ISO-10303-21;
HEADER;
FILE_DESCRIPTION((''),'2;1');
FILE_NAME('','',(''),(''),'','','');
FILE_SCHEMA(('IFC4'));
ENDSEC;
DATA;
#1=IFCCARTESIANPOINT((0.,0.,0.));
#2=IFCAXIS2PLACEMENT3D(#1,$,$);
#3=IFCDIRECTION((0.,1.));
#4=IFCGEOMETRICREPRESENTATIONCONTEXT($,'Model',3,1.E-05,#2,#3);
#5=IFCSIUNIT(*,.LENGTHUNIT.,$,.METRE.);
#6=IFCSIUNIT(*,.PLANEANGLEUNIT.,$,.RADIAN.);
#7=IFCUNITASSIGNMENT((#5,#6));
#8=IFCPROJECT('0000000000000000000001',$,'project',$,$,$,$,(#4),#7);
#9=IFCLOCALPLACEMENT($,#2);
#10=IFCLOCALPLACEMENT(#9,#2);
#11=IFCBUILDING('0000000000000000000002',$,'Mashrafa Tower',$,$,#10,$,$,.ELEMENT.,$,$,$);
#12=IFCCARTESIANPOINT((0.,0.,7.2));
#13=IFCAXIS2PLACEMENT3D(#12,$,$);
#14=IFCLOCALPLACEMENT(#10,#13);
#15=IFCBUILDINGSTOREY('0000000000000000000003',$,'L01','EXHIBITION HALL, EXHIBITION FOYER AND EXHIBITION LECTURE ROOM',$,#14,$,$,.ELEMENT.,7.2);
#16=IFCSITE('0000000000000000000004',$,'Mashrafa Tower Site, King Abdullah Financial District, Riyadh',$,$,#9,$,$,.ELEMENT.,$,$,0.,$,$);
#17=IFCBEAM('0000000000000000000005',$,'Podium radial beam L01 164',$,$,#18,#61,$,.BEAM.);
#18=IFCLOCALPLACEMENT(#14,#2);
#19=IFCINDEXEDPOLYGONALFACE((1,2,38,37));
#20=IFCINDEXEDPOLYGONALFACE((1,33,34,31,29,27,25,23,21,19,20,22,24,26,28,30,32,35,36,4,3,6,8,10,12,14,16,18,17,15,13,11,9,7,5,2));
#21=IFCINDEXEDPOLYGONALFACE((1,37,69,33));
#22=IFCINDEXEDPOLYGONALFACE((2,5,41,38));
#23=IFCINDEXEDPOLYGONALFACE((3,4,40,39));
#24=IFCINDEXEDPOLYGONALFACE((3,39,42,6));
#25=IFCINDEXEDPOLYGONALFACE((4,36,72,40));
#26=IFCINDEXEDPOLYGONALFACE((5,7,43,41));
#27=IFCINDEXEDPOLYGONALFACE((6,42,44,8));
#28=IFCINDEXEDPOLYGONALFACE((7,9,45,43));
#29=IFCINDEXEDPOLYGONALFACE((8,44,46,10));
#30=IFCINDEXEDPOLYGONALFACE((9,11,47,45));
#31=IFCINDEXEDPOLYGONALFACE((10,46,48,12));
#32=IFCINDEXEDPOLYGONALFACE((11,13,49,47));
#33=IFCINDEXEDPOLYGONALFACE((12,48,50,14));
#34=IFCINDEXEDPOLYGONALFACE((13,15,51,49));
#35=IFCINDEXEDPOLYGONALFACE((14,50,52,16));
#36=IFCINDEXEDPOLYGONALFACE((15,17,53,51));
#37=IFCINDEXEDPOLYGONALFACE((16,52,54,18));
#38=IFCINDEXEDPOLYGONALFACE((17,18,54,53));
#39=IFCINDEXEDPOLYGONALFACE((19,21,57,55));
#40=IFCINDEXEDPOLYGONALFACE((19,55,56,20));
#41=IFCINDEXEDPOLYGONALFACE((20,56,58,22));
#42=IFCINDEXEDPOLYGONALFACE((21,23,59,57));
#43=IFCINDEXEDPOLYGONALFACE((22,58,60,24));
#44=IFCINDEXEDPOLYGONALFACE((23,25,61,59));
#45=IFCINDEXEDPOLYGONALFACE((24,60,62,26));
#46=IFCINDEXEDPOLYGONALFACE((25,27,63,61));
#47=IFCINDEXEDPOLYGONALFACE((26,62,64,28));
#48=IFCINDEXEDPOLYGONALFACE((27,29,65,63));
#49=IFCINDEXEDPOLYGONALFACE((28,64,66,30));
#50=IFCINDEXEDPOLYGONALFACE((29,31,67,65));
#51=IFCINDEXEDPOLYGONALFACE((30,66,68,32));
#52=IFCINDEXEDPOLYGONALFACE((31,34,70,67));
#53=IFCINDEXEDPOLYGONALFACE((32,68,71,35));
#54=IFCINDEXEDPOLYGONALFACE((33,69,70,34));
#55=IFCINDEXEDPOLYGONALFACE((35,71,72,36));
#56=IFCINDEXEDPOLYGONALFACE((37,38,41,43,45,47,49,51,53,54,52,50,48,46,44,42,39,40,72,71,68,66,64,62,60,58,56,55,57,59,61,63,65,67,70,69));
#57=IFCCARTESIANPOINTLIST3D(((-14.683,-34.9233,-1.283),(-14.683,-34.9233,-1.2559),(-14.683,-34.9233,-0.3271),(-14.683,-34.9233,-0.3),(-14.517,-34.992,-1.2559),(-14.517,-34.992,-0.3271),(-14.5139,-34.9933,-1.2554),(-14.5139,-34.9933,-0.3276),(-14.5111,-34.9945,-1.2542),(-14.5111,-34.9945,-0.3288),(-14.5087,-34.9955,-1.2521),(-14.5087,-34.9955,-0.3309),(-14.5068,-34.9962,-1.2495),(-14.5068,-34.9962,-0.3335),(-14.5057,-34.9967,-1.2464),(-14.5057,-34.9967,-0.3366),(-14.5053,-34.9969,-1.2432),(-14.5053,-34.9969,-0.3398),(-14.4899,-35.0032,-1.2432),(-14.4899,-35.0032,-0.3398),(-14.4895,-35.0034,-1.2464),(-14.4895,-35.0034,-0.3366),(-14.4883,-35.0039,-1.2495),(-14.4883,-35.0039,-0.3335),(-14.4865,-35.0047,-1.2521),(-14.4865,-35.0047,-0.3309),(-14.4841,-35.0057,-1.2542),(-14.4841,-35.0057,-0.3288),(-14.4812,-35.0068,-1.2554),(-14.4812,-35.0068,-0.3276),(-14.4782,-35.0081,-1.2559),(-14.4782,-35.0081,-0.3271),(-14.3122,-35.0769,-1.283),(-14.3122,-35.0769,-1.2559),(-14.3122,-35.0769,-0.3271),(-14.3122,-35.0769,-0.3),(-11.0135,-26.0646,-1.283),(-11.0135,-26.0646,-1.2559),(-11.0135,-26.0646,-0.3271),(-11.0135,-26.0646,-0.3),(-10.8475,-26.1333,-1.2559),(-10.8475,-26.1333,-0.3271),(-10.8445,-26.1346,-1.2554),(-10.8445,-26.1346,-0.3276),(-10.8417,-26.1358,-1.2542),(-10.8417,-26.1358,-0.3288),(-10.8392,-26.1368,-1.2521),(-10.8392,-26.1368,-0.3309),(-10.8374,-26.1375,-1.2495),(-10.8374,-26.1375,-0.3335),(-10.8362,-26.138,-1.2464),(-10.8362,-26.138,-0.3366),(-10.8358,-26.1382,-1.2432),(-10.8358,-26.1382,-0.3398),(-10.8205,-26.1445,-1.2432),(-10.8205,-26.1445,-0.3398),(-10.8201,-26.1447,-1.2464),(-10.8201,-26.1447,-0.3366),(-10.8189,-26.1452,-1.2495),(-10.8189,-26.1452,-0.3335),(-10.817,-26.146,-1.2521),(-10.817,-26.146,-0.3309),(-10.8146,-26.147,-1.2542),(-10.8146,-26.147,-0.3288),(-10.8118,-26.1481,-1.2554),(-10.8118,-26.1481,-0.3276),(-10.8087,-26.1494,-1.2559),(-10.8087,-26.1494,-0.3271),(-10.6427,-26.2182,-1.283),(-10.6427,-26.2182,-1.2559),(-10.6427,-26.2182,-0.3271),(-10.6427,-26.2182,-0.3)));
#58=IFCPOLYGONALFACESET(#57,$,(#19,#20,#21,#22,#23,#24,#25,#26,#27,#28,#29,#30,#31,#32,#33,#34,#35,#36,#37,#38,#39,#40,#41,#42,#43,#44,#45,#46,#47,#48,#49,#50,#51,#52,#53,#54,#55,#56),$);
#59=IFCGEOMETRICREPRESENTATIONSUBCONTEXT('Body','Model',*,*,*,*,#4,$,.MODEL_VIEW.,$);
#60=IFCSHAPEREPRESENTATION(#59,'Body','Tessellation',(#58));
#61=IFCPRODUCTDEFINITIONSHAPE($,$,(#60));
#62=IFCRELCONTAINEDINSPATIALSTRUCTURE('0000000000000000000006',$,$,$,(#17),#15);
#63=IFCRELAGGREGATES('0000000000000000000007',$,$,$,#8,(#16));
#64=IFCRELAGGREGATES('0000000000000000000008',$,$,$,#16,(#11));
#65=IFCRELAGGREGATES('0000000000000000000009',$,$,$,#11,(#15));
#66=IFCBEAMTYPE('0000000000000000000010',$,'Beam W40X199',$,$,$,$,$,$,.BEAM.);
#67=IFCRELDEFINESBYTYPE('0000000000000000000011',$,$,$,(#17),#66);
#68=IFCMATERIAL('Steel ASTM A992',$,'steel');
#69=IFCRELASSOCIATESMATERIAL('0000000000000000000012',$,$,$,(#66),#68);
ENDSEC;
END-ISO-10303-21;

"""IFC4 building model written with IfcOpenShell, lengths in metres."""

from ifc_helpers import new_model, si_unit, direction, frame, origin, origin_2d, place, context, subcontext, project, spatial, i_section, extrude, material, material_profile, profile_set, type_object, element, save


model = new_model("IFC4")

# Units and contexts
model_context = context("Model", 3, precision=1e-05, world=origin(), true_north=direction((0.0, 1.0)))
body_context = subcontext(model_context, "Body", "Model", "MODEL_VIEW")
ifc_project = project(units=[si_unit("LENGTHUNIT", "METRE"), si_unit("PLANEANGLEUNIT", "RADIAN")], contexts=[model_context])

# Site, building, storey
site_placement = place(None, origin())
site = spatial("IfcSite", under=ifc_project, at=site_placement, Name="Mashrafa Tower Site, King Abdullah Financial District, Riyadh", CompositionType="ELEMENT", RefElevation=0.0)
building_placement = place(site_placement, origin())
building = spatial("IfcBuilding", under=site, at=building_placement, Name="Mashrafa Tower", CompositionType="ELEMENT")
storey_placement = place(building_placement, frame((0.0, 0.0, 7.2)))
storey = spatial("IfcBuildingStorey", under=building, at=storey_placement, Name="L01", Description="EXHIBITION HALL, EXHIBITION FOYER AND EXHIBITION LECTURE ROOM", CompositionType="ELEMENT", Elevation=7.2)

# Beam
ifc_material_1 = material(Name="Steel ASTM A992", Category="steel")
ifc_material_profile_1 = material_profile(ifc_material_1, i_section(OverallWidth=0.4014, OverallDepth=0.9829, WebThickness=0.0166, FlangeThickness=0.0271, FilletRadius=0.0127, at=origin_2d()), Name="W40X199")
ifc_profile_set_1 = profile_set([ifc_material_profile_1], Name="Steel ASTM A992")
beam_type_1 = type_object("IfcBeamType", Name="Beam W40X199", PredefinedType="BEAM", material=ifc_profile_set_1)
beam_1_placement = place(storey_placement, frame((-10.8281, -26.1414, -0.7915), z_axis=(-0.382689, -0.923877, 0.0), x_axis=(0.923877, -0.382689, 0.0)))
element("IfcBeam", 1, at=beam_1_placement, inside=storey, type_object=beam_type_1, Name="Podium radial beam L01 164", PredefinedType="BEAM", context=body_context, shape_type="SweptSolid", body=[
    extrude(i_section(OverallWidth=0.4014, OverallDepth=0.9829, WebThickness=0.0166, FlangeThickness=0.0271, FilletRadius=0.0127, at=origin_2d()), origin(), (0.0, 0.0, 1.0), 9.5886),
])

save(model, "model.ifc")
